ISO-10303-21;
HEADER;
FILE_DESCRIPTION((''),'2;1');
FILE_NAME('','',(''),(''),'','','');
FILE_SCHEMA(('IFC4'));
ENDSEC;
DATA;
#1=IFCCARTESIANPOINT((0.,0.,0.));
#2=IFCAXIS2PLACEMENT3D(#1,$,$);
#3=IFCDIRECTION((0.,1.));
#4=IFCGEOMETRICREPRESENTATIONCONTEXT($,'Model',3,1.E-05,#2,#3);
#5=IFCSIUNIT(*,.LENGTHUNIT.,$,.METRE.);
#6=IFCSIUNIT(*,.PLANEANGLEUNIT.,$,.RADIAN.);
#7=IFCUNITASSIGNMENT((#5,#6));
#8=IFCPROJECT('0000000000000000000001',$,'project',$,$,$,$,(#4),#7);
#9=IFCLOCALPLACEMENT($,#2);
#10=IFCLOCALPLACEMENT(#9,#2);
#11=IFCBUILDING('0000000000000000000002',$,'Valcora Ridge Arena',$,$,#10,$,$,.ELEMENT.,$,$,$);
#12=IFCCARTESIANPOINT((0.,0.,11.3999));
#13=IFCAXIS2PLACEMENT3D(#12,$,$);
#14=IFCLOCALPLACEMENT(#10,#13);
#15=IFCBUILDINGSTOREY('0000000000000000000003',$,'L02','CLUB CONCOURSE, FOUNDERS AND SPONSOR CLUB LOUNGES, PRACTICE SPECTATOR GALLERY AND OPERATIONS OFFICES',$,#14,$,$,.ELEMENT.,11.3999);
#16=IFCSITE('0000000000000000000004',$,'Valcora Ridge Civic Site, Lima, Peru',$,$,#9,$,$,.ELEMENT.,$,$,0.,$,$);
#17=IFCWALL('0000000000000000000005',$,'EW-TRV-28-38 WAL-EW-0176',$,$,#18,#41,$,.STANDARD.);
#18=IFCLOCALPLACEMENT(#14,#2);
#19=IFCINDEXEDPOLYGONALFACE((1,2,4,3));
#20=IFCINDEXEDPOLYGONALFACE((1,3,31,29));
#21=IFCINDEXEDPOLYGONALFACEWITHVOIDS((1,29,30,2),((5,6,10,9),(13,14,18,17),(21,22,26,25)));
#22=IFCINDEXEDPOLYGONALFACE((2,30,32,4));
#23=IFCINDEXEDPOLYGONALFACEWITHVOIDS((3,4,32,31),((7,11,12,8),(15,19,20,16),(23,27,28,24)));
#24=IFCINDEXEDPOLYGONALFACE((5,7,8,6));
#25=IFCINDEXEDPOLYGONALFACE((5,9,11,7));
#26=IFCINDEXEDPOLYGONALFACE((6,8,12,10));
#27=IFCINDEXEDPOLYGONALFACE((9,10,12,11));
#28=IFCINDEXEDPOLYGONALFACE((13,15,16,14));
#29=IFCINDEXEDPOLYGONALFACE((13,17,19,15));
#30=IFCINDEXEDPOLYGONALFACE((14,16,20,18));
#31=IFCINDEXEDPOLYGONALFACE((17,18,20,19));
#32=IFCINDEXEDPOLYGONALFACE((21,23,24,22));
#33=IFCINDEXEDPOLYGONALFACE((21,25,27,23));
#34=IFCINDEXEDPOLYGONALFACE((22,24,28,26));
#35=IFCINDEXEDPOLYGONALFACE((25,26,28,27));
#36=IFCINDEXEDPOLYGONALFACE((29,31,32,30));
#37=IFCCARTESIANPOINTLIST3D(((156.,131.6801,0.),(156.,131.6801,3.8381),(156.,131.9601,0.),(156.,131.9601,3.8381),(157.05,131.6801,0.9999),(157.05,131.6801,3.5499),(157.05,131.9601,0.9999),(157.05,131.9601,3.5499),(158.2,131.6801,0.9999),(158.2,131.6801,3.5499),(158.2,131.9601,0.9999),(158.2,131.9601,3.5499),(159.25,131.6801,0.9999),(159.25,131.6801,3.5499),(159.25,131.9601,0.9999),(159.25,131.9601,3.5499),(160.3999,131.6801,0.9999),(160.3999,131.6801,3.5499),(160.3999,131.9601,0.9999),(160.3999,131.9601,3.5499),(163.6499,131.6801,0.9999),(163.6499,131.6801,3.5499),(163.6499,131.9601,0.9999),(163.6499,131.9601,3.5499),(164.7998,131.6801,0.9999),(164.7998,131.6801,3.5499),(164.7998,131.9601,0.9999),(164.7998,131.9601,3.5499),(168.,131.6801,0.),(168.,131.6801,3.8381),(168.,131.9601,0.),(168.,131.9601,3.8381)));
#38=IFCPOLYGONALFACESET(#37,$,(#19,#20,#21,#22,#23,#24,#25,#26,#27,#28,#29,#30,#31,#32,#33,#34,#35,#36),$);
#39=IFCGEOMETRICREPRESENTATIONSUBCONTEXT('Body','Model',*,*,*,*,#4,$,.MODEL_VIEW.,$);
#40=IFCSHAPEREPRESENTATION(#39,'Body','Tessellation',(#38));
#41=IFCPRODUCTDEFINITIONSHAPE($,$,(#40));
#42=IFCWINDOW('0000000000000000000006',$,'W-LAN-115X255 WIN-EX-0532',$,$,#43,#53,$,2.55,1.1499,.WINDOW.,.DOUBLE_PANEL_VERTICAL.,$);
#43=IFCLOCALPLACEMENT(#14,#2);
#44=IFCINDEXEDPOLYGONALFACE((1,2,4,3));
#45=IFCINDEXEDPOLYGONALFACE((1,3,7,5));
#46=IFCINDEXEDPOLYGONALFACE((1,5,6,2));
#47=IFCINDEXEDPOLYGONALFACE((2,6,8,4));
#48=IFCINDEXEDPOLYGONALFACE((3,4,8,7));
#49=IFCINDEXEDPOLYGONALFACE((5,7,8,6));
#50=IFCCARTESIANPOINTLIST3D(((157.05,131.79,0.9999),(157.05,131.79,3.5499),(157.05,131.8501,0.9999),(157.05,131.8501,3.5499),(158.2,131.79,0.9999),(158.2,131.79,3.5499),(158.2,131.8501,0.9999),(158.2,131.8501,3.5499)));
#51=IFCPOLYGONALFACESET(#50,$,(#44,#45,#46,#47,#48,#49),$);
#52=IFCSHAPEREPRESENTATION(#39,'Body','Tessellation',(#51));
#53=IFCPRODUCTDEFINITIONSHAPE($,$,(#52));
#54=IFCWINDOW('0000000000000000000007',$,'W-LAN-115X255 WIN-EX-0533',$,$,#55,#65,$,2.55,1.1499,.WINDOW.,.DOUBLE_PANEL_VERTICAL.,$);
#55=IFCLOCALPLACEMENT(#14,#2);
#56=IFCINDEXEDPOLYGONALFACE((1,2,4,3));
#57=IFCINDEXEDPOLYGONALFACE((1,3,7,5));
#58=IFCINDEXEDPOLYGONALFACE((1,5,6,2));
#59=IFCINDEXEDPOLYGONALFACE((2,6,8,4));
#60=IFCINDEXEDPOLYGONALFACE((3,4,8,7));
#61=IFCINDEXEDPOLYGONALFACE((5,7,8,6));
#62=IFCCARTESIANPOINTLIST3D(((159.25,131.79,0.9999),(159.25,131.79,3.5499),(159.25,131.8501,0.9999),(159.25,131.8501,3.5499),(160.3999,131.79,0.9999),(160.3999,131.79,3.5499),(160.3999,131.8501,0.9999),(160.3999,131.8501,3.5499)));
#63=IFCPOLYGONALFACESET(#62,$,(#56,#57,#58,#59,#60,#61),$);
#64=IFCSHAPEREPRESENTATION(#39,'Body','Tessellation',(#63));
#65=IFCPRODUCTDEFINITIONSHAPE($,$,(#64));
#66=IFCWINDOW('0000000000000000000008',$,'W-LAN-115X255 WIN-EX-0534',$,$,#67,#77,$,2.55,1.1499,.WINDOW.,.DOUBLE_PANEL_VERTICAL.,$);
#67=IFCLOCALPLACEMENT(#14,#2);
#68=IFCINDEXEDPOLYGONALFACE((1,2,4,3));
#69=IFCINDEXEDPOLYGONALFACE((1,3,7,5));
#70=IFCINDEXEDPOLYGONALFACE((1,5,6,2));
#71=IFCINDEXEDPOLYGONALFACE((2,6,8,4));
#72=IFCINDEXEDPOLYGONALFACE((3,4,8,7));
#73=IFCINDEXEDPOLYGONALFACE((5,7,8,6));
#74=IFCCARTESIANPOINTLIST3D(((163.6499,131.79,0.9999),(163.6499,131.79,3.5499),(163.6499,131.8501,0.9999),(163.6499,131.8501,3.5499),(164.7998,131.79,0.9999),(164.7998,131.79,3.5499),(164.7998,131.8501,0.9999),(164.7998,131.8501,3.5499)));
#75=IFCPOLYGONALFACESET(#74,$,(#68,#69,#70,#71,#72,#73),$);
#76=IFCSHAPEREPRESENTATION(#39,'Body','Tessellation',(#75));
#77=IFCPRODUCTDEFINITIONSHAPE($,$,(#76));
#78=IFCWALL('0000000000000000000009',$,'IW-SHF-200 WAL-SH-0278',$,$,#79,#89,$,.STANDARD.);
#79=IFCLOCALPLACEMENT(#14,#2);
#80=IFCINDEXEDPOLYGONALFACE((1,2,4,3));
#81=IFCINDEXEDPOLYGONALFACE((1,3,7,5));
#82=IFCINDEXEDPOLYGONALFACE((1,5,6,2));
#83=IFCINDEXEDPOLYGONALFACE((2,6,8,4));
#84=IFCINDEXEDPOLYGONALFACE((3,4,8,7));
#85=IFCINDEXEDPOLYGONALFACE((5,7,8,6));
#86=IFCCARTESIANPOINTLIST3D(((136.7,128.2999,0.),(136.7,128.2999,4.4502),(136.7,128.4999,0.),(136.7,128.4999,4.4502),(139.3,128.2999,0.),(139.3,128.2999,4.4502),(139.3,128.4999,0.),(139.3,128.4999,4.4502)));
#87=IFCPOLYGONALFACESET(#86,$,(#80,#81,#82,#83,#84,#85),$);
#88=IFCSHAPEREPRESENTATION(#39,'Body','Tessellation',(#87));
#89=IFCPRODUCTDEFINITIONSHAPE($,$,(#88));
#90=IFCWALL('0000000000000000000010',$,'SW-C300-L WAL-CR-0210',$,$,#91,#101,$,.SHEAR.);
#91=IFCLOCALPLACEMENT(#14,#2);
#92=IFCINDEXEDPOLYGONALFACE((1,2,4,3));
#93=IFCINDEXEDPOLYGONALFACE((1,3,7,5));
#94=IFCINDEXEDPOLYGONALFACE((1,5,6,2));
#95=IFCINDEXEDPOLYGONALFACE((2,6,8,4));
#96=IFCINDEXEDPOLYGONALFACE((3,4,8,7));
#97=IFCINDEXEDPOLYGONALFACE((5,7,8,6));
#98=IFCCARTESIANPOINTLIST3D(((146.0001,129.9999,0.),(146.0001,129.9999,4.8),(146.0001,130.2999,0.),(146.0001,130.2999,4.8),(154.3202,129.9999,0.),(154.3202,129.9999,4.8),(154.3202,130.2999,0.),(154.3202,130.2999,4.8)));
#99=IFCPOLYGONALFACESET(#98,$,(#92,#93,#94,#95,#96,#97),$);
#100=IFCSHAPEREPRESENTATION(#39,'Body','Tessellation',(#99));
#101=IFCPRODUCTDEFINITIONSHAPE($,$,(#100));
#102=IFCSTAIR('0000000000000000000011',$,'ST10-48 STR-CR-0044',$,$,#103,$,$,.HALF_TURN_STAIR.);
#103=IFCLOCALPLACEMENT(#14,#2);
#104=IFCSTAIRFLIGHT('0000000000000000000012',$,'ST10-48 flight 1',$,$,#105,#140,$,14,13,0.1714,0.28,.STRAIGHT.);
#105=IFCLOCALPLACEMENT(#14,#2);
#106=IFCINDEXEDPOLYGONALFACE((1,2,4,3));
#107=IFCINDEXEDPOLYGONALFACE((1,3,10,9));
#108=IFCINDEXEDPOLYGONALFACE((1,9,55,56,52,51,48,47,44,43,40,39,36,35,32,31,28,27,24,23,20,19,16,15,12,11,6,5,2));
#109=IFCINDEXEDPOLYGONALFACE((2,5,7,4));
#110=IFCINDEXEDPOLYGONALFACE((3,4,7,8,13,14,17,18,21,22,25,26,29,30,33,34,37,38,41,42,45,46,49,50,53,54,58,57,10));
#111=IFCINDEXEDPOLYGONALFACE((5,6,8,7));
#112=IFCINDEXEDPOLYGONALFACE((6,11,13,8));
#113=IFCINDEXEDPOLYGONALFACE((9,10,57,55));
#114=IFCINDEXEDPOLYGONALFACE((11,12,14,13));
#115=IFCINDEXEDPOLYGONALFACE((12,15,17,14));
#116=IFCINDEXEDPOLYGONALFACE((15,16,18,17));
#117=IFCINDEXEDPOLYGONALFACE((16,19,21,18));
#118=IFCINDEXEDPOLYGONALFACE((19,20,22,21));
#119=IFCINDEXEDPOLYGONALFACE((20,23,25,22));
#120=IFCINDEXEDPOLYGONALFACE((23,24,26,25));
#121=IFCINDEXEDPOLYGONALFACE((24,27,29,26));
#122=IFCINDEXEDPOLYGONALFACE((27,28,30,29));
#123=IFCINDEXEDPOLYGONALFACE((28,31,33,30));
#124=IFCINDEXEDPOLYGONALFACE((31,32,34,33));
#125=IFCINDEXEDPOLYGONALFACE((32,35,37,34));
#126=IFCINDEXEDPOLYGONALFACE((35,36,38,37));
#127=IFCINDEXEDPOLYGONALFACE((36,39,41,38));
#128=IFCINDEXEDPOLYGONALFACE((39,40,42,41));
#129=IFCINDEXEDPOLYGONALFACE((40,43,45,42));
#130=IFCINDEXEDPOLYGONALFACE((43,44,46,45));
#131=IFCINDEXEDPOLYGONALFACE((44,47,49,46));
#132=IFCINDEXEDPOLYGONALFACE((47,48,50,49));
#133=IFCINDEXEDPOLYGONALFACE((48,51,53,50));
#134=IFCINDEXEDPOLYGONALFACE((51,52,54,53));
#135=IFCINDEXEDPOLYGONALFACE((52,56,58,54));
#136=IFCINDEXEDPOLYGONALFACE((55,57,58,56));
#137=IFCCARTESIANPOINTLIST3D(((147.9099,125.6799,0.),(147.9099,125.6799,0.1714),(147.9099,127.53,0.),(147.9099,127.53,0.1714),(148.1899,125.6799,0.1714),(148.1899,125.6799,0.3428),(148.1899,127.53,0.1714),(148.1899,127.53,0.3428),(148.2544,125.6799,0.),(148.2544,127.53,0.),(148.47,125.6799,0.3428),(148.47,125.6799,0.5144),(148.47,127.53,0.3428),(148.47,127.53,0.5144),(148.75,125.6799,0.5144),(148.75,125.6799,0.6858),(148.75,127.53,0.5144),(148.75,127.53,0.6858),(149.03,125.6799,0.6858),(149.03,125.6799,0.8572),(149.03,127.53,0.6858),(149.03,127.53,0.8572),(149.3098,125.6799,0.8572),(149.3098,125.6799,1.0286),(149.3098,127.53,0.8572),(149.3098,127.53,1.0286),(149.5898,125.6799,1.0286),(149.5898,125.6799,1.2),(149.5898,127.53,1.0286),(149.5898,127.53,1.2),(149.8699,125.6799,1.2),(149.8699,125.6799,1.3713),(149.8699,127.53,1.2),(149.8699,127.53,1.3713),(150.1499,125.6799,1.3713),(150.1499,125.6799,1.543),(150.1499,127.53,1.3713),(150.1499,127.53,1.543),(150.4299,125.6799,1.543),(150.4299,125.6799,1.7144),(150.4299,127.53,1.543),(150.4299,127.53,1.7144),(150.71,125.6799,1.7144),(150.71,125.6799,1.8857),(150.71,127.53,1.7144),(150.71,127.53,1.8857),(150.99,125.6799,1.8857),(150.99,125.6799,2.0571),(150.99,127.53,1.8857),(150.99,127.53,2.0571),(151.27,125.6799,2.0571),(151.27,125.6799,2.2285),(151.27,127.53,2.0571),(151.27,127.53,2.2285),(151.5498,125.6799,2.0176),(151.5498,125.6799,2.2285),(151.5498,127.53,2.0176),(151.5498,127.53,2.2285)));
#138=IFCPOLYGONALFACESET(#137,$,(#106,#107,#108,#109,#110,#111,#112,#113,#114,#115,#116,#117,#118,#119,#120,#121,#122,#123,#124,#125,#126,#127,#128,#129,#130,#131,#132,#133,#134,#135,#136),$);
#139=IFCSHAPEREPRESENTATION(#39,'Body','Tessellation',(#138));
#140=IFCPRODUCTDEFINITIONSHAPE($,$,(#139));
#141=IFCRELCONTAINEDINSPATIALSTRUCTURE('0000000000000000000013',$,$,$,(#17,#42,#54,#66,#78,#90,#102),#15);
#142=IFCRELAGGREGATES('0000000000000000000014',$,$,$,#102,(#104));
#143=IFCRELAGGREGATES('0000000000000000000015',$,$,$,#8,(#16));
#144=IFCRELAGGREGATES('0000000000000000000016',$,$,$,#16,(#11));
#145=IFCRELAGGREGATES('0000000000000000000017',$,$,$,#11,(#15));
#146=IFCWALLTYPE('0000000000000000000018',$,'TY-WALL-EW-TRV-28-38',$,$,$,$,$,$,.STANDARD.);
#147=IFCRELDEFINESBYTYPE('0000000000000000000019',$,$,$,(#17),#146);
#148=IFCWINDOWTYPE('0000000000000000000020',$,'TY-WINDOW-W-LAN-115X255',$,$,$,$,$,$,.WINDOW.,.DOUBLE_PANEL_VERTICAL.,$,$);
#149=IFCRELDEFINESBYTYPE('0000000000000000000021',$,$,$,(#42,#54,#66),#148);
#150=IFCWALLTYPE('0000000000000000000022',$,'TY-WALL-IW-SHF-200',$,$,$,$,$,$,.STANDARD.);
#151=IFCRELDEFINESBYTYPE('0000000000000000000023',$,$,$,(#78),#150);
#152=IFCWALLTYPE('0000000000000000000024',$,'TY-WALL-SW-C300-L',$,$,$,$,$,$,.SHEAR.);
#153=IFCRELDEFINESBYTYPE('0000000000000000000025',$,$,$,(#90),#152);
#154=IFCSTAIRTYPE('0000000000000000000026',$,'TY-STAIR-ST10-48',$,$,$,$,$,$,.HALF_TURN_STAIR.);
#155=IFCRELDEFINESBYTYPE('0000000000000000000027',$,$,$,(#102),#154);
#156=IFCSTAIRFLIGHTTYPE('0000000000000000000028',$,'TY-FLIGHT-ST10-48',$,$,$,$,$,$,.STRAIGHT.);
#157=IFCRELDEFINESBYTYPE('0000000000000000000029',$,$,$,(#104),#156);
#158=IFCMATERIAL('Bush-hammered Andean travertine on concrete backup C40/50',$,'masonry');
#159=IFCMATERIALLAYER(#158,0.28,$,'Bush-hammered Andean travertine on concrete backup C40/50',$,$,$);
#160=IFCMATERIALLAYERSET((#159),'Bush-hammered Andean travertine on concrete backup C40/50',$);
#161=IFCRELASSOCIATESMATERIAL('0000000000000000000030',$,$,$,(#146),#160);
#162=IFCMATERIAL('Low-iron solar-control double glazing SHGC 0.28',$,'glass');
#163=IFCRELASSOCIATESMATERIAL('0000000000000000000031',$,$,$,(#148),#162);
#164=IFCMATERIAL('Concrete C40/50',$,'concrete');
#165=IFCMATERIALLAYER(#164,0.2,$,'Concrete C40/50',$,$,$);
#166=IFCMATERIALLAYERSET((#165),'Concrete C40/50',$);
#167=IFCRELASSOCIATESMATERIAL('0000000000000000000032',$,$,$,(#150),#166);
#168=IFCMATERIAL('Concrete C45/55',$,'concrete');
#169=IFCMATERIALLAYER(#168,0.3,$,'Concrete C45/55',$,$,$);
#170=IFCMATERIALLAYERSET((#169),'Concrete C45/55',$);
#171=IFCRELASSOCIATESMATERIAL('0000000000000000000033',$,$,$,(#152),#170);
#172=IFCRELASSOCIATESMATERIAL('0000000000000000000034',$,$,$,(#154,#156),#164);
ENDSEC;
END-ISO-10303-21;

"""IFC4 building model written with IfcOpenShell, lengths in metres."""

from ifc_helpers import new_model, si_unit, direction, frame, frame_2d, origin, place, context, subcontext, project, spatial, polyline, rectangle, outline, extrude, material, layer, layer_set, type_object, element, fill, aggregate, save


model = new_model("IFC4")

# Units and contexts
model_context = context("Model", 3, precision=1e-05, world=origin(), true_north=direction((0.0, 1.0)))
body_context = subcontext(model_context, "Body", "Model", "MODEL_VIEW")
ifc_project = project(units=[si_unit("LENGTHUNIT", "METRE"), si_unit("PLANEANGLEUNIT", "RADIAN")], contexts=[model_context])

# Site, building, storey
site_placement = place(None, origin())
site = spatial("IfcSite", under=ifc_project, at=site_placement, Name="Valcora Ridge Civic Site, Lima, Peru", CompositionType="ELEMENT", RefElevation=0.0)
building_placement = place(site_placement, origin())
building = spatial("IfcBuilding", under=site, at=building_placement, Name="Valcora Ridge Arena", CompositionType="ELEMENT")
storey_placement = place(building_placement, frame((0.0, 0.0, 11.3999)))
storey = spatial("IfcBuildingStorey", under=building, at=storey_placement, Name="L02", Description="CLUB CONCOURSE, FOUNDERS AND SPONSOR CLUB LOUNGES, PRACTICE SPECTATOR GALLERY AND OPERATIONS OFFICES", CompositionType="ELEMENT", Elevation=11.3999)

# Shared definitions
ifc_material_1 = material(Name="Concrete C40/50", Category="concrete")

# Wall, openings, windows
ifc_material_2 = material(Name="Bush-hammered Andean travertine on concrete backup C40/50", Category="masonry")
ifc_layer_1 = layer(ifc_material_2, 0.28, Name="Bush-hammered Andean travertine on concrete backup C40/50")
ifc_layer_set_1 = layer_set([ifc_layer_1], Name="Bush-hammered Andean travertine on concrete backup C40/50")
wall_type_1 = type_object("IfcWallType", Name="TY-WALL-EW-TRV-28-38", PredefinedType="STANDARD", material=ifc_layer_set_1)
ifc_material_3 = material(Name="Low-iron solar-control double glazing SHGC 0.28", Category="glass")
window_type = type_object("IfcWindowType", Name="TY-WINDOW-W-LAN-115X255", PartitioningType="DOUBLE_PANEL_VERTICAL", PredefinedType="WINDOW", material=ifc_material_3)
wall_1_placement = place(storey_placement, frame((156.0, 131.8201, 0.0), z_axis=(0.0, 0.0, 1.0), x_axis=(1.0, 0.0, 0.0)))
wall_1 = element("IfcWall", 1, at=wall_1_placement, inside=storey, type_object=wall_type_1, Name="EW-TRV-28-38 WAL-EW-0176", PredefinedType="STANDARD", context=body_context, shape_type="SweptSolid", body=[
    extrude(rectangle(XDim=12.0, YDim=0.28, at=frame_2d((6.0, 0.0))), origin(), (0.0, 0.0, 1.0), 3.8381),
])
opening_1_placement = place(wall_1_placement, frame((1.05, 0.0, 1.0)))
opening_1 = element("IfcOpeningElement", 2, at=opening_1_placement, cuts=wall_1, PredefinedType="OPENING", context=body_context, shape_type="SweptSolid", body=[
    extrude(rectangle(XDim=1.1499, YDim=2.55, at=frame_2d((0.575, 1.2749))), frame((0.0, 0.1499, 0.0), z_axis=(0.0, -1.0, 0.0), x_axis=(1.0, 0.0, 0.0)), (0.0, 0.0, 1.0), 0.3),
])
opening_2_placement = place(wall_1_placement, frame((3.25, 0.0, 1.0)))
opening_2 = element("IfcOpeningElement", 3, at=opening_2_placement, cuts=wall_1, PredefinedType="OPENING", context=body_context, shape_type="SweptSolid", body=[
    extrude(rectangle(XDim=1.1499, YDim=2.55, at=frame_2d((0.575, 1.2749))), frame((0.0, 0.1499, 0.0), z_axis=(0.0, -1.0, 0.0), x_axis=(1.0, 0.0, 0.0)), (0.0, 0.0, 1.0), 0.3),
])
opening_3_placement = place(wall_1_placement, frame((7.6499, 0.0, 1.0)))
opening_3 = element("IfcOpeningElement", 4, at=opening_3_placement, cuts=wall_1, PredefinedType="OPENING", context=body_context, shape_type="SweptSolid", body=[
    extrude(rectangle(XDim=1.1499, YDim=2.55, at=frame_2d((0.575, 1.2749))), frame((0.0, 0.1499, 0.0), z_axis=(0.0, -1.0, 0.0), x_axis=(1.0, 0.0, 0.0)), (0.0, 0.0, 1.0), 0.3),
])
window_1_placement = place(opening_1_placement, origin())
window_1 = element("IfcWindow", 5, at=window_1_placement, inside=storey, type_object=window_type, Name="W-LAN-115X255 WIN-EX-0532", OverallHeight=2.55, OverallWidth=1.1499, PartitioningType="DOUBLE_PANEL_VERTICAL", PredefinedType="WINDOW", context=body_context, shape_type="SweptSolid", body=[
    extrude(rectangle(XDim=1.1499, YDim=2.55, at=frame_2d((0.575, 1.2749))), frame((0.0, 0.03, 0.0), z_axis=(0.0, -1.0, 0.0), x_axis=(1.0, 0.0, 0.0)), (0.0, 0.0, 1.0), 0.0601),
])
fill(opening_1, window_1)
window_2_placement = place(opening_2_placement, origin())
window_2 = element("IfcWindow", 6, at=window_2_placement, inside=storey, type_object=window_type, Name="W-LAN-115X255 WIN-EX-0533", OverallHeight=2.55, OverallWidth=1.1499, PartitioningType="DOUBLE_PANEL_VERTICAL", PredefinedType="WINDOW", context=body_context, shape_type="SweptSolid", body=[
    extrude(rectangle(XDim=1.1499, YDim=2.55, at=frame_2d((0.575, 1.2749))), frame((0.0, 0.03, 0.0), z_axis=(0.0, -1.0, 0.0), x_axis=(1.0, 0.0, 0.0)), (0.0, 0.0, 1.0), 0.0601),
])
fill(opening_2, window_2)
window_3_placement = place(opening_3_placement, origin())
window_3 = element("IfcWindow", 7, at=window_3_placement, inside=storey, type_object=window_type, Name="W-LAN-115X255 WIN-EX-0534", OverallHeight=2.55, OverallWidth=1.1499, PartitioningType="DOUBLE_PANEL_VERTICAL", PredefinedType="WINDOW", context=body_context, shape_type="SweptSolid", body=[
    extrude(rectangle(XDim=1.1499, YDim=2.55, at=frame_2d((0.575, 1.2749))), frame((0.0, 0.03, 0.0), z_axis=(0.0, -1.0, 0.0), x_axis=(1.0, 0.0, 0.0)), (0.0, 0.0, 1.0), 0.0601),
])
fill(opening_3, window_3)

# Walls
ifc_layer_2 = layer(ifc_material_1, 0.2, Name="Concrete C40/50")
ifc_layer_set_2 = layer_set([ifc_layer_2], Name="Concrete C40/50")
wall_type_2 = type_object("IfcWallType", Name="TY-WALL-IW-SHF-200", PredefinedType="STANDARD", material=ifc_layer_set_2)
wall_2_placement = place(storey_placement, frame((136.7, 128.3999, 0.0), z_axis=(0.0, 0.0, 1.0), x_axis=(1.0, 0.0, 0.0)))
element("IfcWall", 8, at=wall_2_placement, inside=storey, type_object=wall_type_2, Name="IW-SHF-200 WAL-SH-0278", PredefinedType="STANDARD", context=body_context, shape_type="SweptSolid", body=[
    extrude(rectangle(XDim=2.6001, YDim=0.2, at=frame_2d((1.3, 0.0))), origin(), (0.0, 0.0, 1.0), 4.4502),
])
ifc_material_4 = material(Name="Concrete C45/55", Category="concrete")
ifc_layer_3 = layer(ifc_material_4, 0.3, Name="Concrete C45/55")
ifc_layer_set_3 = layer_set([ifc_layer_3], Name="Concrete C45/55")
wall_type_3 = type_object("IfcWallType", Name="TY-WALL-SW-C300-L", PredefinedType="SHEAR", material=ifc_layer_set_3)
wall_3_placement = place(storey_placement, frame((146.0, 130.1499, 0.0), z_axis=(0.0, 0.0, 1.0), x_axis=(1.0, 0.0, 0.0)))
element("IfcWall", 9, at=wall_3_placement, inside=storey, type_object=wall_type_3, Name="SW-C300-L WAL-CR-0210", PredefinedType="SHEAR", context=body_context, shape_type="SweptSolid", body=[
    extrude(rectangle(XDim=8.3201, YDim=0.3, at=frame_2d((4.1602, 0.0))), origin(), (0.0, 0.0, 1.0), 4.8),
])

# Stair, stair flight
stair_type = type_object("IfcStairType", Name="TY-STAIR-ST10-48", PredefinedType="HALF_TURN_STAIR", material=ifc_material_1)
stair_placement = place(storey_placement, origin())
stair = element("IfcStair", 10, at=stair_placement, inside=storey, type_object=stair_type, Name="ST10-48 STR-CR-0044", PredefinedType="HALF_TURN_STAIR")
stair_flight_type = type_object("IfcStairFlightType", Name="TY-FLIGHT-ST10-48", PredefinedType="STRAIGHT", material=ifc_material_1)
stair_flight_1_placement = place(storey_placement, frame((147.9099, 126.605, 0.0), z_axis=(0.0, 0.0, 1.0), x_axis=(1.0, 0.0, 0.0)))
stair_flight_1 = element("IfcStairFlight", 11, at=stair_flight_1_placement, type_object=stair_flight_type, Name="ST10-48 flight 1", NumberOfRisers=14, NumberOfTreads=13, PredefinedType="STRAIGHT", RiserHeight=0.1714, TreadLength=0.28, context=body_context, shape_type="SweptSolid", body=[
    extrude(outline(polyline([(0.0, 0.0), (0.0, 0.1714), (0.28, 0.1714), (0.28, 0.3428), (0.5601, 0.3428), (0.5601, 0.5144), (0.8401, 0.5144), (0.8401, 0.6858), (1.1201, 0.6858), (1.1201, 0.8572), (1.3999, 0.8572), (1.3999, 1.0286), (1.6799, 1.0286), (1.6799, 1.2), (1.96, 1.2), (1.96, 1.3713), (2.24, 1.3713), (2.24, 1.543), (2.52, 1.543), (2.52, 1.7144), (2.8, 1.7144), (2.8, 1.8857), (3.0801, 1.8857), (3.0801, 2.0571), (3.3601, 2.0571), (3.3601, 2.2285), (3.6399, 2.2285), (3.6399, 2.3999), (3.6399, 2.0176), (0.3445, 0.0), (0.0, 0.0)])), frame((0.0, 0.925, 0.0), z_axis=(0.0, -1.0, 0.0), x_axis=(1.0, 0.0, 0.0)), (0.0, 0.0, 1.0), 1.8501),
])
aggregate(stair, [stair_flight_1])

save(model, "model.ifc")
